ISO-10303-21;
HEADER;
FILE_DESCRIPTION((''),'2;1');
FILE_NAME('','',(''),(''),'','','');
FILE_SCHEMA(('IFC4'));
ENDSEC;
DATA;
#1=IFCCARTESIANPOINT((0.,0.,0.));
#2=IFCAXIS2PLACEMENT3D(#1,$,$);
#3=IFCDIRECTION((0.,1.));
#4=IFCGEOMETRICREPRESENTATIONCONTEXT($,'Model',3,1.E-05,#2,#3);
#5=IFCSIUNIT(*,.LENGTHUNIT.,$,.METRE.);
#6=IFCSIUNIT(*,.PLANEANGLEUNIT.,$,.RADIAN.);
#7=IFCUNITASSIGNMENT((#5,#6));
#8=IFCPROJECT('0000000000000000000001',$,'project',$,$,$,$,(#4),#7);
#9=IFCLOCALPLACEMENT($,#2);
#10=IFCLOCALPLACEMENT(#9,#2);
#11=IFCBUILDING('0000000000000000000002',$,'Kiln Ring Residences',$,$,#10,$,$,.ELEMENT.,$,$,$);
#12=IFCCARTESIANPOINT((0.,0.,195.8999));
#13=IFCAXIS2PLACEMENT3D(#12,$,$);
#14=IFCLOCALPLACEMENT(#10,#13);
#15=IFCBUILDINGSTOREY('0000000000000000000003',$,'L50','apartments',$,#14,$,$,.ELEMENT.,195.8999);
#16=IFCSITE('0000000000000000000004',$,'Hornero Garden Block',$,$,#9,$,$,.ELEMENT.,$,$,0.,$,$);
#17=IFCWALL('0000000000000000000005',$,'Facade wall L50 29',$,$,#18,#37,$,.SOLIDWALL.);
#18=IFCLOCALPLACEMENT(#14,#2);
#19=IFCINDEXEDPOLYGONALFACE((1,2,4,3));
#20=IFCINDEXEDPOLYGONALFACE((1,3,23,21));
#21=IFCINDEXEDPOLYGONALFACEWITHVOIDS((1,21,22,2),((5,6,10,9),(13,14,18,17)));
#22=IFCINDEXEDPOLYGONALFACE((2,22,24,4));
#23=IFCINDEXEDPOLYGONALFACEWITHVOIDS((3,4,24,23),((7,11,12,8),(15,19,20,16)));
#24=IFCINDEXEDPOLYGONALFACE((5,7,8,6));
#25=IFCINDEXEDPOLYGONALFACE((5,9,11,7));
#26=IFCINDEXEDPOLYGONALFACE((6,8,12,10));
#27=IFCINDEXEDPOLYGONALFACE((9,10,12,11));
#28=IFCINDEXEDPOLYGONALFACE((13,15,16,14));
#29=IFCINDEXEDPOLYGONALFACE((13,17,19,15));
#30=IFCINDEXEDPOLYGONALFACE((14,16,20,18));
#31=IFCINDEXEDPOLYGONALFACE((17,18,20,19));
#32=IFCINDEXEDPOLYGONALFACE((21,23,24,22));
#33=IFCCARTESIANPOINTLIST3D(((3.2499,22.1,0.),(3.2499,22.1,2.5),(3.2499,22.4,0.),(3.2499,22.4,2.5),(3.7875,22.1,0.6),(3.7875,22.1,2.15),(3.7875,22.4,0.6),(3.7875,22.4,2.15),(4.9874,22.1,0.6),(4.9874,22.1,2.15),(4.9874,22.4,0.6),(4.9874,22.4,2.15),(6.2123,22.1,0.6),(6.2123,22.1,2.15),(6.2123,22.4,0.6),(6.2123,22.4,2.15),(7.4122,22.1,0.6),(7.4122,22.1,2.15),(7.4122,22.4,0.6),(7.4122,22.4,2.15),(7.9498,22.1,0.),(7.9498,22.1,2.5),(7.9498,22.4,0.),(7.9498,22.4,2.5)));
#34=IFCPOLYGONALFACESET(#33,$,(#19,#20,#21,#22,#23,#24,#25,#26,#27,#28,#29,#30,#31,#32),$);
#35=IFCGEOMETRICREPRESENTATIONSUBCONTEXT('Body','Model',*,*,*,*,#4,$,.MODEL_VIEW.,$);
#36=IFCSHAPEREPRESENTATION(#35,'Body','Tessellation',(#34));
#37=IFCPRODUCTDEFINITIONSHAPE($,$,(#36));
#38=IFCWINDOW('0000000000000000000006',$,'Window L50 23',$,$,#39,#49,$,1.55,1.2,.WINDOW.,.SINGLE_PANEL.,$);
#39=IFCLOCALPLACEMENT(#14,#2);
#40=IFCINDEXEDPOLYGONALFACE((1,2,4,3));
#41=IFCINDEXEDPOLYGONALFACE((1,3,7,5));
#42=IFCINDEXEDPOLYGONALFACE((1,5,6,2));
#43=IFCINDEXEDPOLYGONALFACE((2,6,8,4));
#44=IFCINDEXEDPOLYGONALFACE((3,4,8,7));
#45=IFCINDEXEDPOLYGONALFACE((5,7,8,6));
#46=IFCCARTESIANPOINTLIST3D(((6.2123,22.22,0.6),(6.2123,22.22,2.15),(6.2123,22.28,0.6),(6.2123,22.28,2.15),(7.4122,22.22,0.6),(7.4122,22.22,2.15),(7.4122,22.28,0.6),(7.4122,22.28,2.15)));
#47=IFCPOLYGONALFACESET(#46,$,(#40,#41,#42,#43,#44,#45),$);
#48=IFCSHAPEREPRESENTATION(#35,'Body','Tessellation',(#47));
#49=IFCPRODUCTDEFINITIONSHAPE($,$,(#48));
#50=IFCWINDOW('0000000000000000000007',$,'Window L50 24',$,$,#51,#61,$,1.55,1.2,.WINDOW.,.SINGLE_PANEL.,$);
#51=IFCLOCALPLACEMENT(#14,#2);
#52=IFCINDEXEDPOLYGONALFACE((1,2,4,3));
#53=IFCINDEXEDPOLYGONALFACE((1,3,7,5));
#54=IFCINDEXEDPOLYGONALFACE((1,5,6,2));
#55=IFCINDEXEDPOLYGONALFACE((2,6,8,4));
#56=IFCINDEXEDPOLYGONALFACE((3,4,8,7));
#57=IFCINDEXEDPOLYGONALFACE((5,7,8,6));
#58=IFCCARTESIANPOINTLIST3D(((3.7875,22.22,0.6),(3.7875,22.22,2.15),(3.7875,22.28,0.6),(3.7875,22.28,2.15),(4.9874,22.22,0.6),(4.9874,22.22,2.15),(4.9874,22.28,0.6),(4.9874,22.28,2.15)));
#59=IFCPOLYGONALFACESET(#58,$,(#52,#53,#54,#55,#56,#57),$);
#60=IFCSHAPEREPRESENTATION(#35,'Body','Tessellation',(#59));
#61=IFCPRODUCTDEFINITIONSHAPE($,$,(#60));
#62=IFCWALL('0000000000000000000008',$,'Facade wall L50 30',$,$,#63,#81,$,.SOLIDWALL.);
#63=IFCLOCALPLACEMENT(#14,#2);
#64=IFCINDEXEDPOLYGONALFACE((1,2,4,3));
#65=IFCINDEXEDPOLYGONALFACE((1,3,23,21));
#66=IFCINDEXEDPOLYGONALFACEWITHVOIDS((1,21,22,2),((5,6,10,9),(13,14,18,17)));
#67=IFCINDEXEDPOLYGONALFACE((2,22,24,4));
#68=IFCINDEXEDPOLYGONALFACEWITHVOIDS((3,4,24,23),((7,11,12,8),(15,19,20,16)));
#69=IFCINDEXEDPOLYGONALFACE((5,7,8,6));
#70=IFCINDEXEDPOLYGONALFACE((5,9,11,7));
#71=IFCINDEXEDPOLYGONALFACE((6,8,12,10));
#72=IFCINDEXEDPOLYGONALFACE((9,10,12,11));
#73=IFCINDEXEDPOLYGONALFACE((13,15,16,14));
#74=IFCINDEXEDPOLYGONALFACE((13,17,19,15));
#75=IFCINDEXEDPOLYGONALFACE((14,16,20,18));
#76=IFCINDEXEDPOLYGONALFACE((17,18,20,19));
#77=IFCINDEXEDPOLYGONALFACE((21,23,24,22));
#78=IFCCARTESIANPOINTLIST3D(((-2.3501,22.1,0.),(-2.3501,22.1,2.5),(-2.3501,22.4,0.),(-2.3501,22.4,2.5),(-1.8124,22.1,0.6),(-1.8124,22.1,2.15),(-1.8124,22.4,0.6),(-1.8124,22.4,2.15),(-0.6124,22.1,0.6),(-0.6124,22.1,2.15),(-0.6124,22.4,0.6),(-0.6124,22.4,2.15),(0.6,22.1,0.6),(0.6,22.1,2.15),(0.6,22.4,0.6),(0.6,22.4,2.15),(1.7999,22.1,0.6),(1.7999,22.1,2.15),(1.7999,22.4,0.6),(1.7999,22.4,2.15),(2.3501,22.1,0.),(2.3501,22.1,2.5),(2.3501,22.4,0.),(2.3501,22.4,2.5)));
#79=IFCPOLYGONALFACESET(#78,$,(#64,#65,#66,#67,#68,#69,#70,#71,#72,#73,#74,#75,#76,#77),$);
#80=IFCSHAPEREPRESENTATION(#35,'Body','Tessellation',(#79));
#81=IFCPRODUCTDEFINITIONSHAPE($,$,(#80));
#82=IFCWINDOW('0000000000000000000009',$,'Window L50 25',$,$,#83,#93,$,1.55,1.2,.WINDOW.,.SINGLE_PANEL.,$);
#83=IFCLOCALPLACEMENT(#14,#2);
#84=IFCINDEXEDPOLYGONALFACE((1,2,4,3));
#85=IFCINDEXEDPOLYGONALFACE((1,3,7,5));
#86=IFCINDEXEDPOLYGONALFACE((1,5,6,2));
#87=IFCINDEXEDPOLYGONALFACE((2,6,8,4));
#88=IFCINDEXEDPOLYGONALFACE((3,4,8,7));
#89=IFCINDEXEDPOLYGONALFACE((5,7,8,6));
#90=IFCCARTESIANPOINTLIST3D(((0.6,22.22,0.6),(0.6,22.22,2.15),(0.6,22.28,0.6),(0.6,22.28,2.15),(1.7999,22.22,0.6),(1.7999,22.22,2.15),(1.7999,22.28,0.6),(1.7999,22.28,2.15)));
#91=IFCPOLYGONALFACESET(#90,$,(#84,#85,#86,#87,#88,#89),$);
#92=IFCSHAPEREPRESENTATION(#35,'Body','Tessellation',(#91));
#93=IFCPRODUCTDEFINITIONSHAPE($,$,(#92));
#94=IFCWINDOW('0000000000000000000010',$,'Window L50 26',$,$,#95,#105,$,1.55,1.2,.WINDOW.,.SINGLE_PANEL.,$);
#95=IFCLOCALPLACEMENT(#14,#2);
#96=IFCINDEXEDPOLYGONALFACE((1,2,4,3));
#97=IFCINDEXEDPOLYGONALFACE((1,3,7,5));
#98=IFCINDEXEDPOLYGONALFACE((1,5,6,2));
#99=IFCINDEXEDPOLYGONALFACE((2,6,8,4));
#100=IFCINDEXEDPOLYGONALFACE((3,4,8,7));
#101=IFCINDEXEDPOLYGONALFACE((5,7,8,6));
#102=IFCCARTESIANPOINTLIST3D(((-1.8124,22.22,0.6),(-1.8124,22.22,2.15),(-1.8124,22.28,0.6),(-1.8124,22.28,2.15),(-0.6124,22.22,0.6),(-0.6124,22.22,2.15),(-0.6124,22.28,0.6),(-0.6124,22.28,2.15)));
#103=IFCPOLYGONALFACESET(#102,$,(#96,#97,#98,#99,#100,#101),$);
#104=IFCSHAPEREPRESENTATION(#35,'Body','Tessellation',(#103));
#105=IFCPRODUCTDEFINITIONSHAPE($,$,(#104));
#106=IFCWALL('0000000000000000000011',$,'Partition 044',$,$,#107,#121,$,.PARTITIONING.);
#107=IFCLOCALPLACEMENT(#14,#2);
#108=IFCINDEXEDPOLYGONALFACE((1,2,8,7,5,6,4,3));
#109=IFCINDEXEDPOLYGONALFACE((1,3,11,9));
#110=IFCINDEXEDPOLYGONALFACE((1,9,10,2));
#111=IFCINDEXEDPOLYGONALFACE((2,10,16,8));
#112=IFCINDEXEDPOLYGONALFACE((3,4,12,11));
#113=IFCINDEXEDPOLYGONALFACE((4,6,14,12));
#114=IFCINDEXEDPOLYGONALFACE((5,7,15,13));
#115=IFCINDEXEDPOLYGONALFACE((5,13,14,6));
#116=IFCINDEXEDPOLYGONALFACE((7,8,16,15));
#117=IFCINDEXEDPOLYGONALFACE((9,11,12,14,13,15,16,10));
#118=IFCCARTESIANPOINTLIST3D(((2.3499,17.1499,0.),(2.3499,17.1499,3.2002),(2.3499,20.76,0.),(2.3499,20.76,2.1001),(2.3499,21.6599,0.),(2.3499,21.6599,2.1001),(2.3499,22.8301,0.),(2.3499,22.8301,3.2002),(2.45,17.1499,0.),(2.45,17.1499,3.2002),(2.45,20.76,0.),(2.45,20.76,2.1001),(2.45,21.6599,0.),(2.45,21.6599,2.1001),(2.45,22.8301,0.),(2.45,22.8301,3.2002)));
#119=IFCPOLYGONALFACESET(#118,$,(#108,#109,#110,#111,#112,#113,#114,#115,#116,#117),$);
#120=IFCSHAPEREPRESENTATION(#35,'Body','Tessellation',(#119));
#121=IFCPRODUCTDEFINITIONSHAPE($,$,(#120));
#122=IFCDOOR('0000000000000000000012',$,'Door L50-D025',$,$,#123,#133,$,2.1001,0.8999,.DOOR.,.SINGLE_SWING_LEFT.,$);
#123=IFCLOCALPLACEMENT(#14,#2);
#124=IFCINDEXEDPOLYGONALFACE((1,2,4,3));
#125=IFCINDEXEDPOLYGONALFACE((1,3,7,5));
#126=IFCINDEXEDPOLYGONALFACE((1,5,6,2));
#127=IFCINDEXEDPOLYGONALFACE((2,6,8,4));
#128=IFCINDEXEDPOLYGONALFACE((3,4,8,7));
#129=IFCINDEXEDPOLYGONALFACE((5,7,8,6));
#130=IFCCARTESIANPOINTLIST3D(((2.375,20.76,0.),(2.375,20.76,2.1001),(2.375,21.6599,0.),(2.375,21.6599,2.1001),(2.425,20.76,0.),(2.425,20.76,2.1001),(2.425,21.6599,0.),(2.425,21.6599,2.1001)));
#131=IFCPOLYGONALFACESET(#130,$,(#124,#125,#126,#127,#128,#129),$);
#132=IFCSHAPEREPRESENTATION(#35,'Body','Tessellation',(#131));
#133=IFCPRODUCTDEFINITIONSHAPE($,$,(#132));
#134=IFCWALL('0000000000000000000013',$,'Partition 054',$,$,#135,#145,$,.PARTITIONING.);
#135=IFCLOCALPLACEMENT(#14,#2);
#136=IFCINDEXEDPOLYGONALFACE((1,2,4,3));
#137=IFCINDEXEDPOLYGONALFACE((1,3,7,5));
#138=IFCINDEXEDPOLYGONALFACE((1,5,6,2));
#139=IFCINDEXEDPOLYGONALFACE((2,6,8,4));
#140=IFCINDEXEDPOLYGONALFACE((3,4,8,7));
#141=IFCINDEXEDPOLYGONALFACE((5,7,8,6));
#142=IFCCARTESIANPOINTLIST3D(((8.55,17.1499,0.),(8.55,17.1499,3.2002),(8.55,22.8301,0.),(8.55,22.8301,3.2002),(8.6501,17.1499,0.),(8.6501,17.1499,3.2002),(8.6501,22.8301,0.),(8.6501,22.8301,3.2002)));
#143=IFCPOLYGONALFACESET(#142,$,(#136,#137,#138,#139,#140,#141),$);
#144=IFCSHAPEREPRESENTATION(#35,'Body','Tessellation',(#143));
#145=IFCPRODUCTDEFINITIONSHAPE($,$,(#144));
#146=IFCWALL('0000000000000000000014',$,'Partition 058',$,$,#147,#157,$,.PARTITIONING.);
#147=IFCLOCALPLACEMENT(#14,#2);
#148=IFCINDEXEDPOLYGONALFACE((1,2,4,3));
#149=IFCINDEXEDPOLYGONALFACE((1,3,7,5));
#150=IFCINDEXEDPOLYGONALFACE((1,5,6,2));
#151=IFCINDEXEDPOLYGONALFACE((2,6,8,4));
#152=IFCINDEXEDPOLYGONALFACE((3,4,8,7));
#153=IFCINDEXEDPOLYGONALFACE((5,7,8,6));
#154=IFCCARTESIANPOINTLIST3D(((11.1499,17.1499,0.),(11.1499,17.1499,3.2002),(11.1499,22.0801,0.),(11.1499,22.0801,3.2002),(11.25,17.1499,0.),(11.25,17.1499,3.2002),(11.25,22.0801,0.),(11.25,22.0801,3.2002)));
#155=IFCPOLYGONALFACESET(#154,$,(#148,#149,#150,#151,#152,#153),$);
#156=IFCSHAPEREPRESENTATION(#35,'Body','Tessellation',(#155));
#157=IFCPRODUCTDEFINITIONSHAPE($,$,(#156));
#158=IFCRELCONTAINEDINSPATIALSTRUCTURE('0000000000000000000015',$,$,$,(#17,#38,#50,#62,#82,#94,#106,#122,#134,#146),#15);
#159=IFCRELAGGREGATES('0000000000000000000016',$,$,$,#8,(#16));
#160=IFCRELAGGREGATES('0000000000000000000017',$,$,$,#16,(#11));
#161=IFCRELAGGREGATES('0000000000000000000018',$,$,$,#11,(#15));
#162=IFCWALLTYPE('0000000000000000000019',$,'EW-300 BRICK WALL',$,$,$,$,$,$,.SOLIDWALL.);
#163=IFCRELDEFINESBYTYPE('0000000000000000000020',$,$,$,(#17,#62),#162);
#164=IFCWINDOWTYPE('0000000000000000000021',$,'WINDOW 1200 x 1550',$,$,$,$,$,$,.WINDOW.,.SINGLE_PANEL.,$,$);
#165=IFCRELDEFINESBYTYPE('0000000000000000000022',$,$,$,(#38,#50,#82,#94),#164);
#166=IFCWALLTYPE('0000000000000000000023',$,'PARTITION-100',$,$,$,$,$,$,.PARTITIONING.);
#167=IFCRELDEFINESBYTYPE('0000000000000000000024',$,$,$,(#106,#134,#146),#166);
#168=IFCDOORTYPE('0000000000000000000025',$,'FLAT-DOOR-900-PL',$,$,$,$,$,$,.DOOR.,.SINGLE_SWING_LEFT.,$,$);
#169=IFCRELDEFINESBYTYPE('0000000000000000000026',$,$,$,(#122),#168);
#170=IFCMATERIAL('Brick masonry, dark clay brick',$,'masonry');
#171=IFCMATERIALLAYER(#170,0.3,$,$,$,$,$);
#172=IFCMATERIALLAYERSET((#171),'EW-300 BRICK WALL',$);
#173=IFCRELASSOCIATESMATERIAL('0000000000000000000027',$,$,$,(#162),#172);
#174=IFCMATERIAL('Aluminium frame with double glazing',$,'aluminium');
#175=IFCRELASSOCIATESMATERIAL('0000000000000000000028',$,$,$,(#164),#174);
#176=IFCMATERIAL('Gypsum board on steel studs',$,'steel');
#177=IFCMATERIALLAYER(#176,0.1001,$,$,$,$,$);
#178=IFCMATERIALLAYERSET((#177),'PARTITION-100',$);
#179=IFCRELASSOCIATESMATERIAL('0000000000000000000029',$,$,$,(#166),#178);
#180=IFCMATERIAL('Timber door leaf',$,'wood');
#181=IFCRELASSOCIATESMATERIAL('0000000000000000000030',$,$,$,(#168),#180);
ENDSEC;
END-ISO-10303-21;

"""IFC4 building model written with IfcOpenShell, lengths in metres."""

from ifc_helpers import new_model, si_unit, direction, frame, frame_2d, origin, place, context, subcontext, project, spatial, rectangle, extrude, material, layer, layer_set, type_object, element, fill, save


model = new_model("IFC4")

# Units and contexts
model_context = context("Model", 3, precision=1e-05, world=origin(), true_north=direction((0.0, 1.0)))
body_context = subcontext(model_context, "Body", "Model", "MODEL_VIEW")
ifc_project = project(units=[si_unit("LENGTHUNIT", "METRE"), si_unit("PLANEANGLEUNIT", "RADIAN")], contexts=[model_context])

# Site, building, storey
site_placement = place(None, origin())
site = spatial("IfcSite", under=ifc_project, at=site_placement, Name="Hornero Garden Block", CompositionType="ELEMENT", RefElevation=0.0)
building_placement = place(site_placement, origin())
building = spatial("IfcBuilding", under=site, at=building_placement, Name="Kiln Ring Residences", CompositionType="ELEMENT")
storey_placement = place(building_placement, frame((0.0, 0.0, 195.8999)))
storey = spatial("IfcBuildingStorey", under=building, at=storey_placement, Name="L50", Description="apartments", CompositionType="ELEMENT", Elevation=195.8999)

# Shared definitions
ifc_material_1 = material(Name="Brick masonry, dark clay brick", Category="masonry")
ifc_layer_1 = layer(ifc_material_1, 0.3)
ifc_layer_set_1 = layer_set([ifc_layer_1], Name="EW-300 BRICK WALL")
wall_type_1 = type_object("IfcWallType", Name="EW-300 BRICK WALL", PredefinedType="SOLIDWALL", material=ifc_layer_set_1)
ifc_material_2 = material(Name="Aluminium frame with double glazing", Category="aluminium")
window_type = type_object("IfcWindowType", Name="WINDOW 1200 x 1550", PartitioningType="SINGLE_PANEL", PredefinedType="WINDOW", material=ifc_material_2)

# Walls, openings, windows
wall_1_placement = place(storey_placement, frame((7.95, 22.25, 0.0), z_axis=(0.0, 0.0, 1.0), x_axis=(-1.0, 0.0, 0.0)))
wall_1 = element("IfcWall", 1, at=wall_1_placement, inside=storey, type_object=wall_type_1, Name="Facade wall L50 29", PredefinedType="SOLIDWALL", context=body_context, shape_type="SweptSolid", body=[
    extrude(rectangle(XDim=4.7, YDim=0.3, at=frame_2d((2.3501, 0.0))), origin(), (0.0, 0.0, 1.0), 2.5),
])
opening_1_placement = place(wall_1_placement, frame((0.5376, 0.0, 0.6001)))
opening_1 = element("IfcOpeningElement", 2, at=opening_1_placement, cuts=wall_1, PredefinedType="OPENING", context=body_context, shape_type="SweptSolid", body=[
    extrude(rectangle(XDim=1.2, YDim=1.55, at=frame_2d((0.6001, 0.7749))), frame((0.0, 0.1599, 0.0), z_axis=(0.0, -1.0, 0.0), x_axis=(1.0, 0.0, 0.0)), (0.0, 0.0, 1.0), 0.3201),
])
opening_2_placement = place(wall_1_placement, frame((2.9624, 0.0, 0.6001)))
opening_2 = element("IfcOpeningElement", 3, at=opening_2_placement, cuts=wall_1, PredefinedType="OPENING", context=body_context, shape_type="SweptSolid", body=[
    extrude(rectangle(XDim=1.2, YDim=1.55, at=frame_2d((0.6001, 0.7749))), frame((0.0, 0.1599, 0.0), z_axis=(0.0, -1.0, 0.0), x_axis=(1.0, 0.0, 0.0)), (0.0, 0.0, 1.0), 0.3201),
])
window_1_placement = place(opening_1_placement, origin())
window_1 = element("IfcWindow", 4, at=window_1_placement, inside=storey, type_object=window_type, Name="Window L50 23", OverallHeight=1.55, OverallWidth=1.2, PartitioningType="SINGLE_PANEL", PredefinedType="WINDOW", context=body_context, shape_type="SweptSolid", body=[
    extrude(rectangle(XDim=1.2, YDim=1.55, at=frame_2d((0.6001, 0.7749))), frame((0.0, 0.03, 0.0), z_axis=(0.0, -1.0, 0.0), x_axis=(1.0, 0.0, 0.0)), (0.0, 0.0, 1.0), 0.0601),
])
fill(opening_1, window_1)
window_2_placement = place(opening_2_placement, origin())
window_2 = element("IfcWindow", 5, at=window_2_placement, inside=storey, type_object=window_type, Name="Window L50 24", OverallHeight=1.55, OverallWidth=1.2, PartitioningType="SINGLE_PANEL", PredefinedType="WINDOW", context=body_context, shape_type="SweptSolid", body=[
    extrude(rectangle(XDim=1.2, YDim=1.55, at=frame_2d((0.6001, 0.7749))), frame((0.0, 0.03, 0.0), z_axis=(0.0, -1.0, 0.0), x_axis=(1.0, 0.0, 0.0)), (0.0, 0.0, 1.0), 0.0601),
])
fill(opening_2, window_2)
wall_2_placement = place(storey_placement, frame((2.3501, 22.25, 0.0), z_axis=(0.0, 0.0, 1.0), x_axis=(-1.0, 0.0, 0.0)))
wall_2 = element("IfcWall", 6, at=wall_2_placement, inside=storey, type_object=wall_type_1, Name="Facade wall L50 30", PredefinedType="SOLIDWALL", context=body_context, shape_type="SweptSolid", body=[
    extrude(rectangle(XDim=4.7002, YDim=0.3, at=frame_2d((2.3501, 0.0))), origin(), (0.0, 0.0, 1.0), 2.5),
])
opening_3_placement = place(wall_2_placement, frame((0.55, 0.0, 0.6001)))
opening_3 = element("IfcOpeningElement", 7, at=opening_3_placement, cuts=wall_2, PredefinedType="OPENING", context=body_context, shape_type="SweptSolid", body=[
    extrude(rectangle(XDim=1.2, YDim=1.55, at=frame_2d((0.6001, 0.7749))), frame((0.0, 0.1599, 0.0), z_axis=(0.0, -1.0, 0.0), x_axis=(1.0, 0.0, 0.0)), (0.0, 0.0, 1.0), 0.3201),
])
opening_4_placement = place(wall_2_placement, frame((2.9624, 0.0, 0.6001)))
opening_4 = element("IfcOpeningElement", 8, at=opening_4_placement, cuts=wall_2, PredefinedType="OPENING", context=body_context, shape_type="SweptSolid", body=[
    extrude(rectangle(XDim=1.2, YDim=1.55, at=frame_2d((0.6001, 0.7749))), frame((0.0, 0.1599, 0.0), z_axis=(0.0, -1.0, 0.0), x_axis=(1.0, 0.0, 0.0)), (0.0, 0.0, 1.0), 0.3201),
])
window_3_placement = place(opening_3_placement, origin())
window_3 = element("IfcWindow", 9, at=window_3_placement, inside=storey, type_object=window_type, Name="Window L50 25", OverallHeight=1.55, OverallWidth=1.2, PartitioningType="SINGLE_PANEL", PredefinedType="WINDOW", context=body_context, shape_type="SweptSolid", body=[
    extrude(rectangle(XDim=1.2, YDim=1.55, at=frame_2d((0.6001, 0.7749))), frame((0.0, 0.03, 0.0), z_axis=(0.0, -1.0, 0.0), x_axis=(1.0, 0.0, 0.0)), (0.0, 0.0, 1.0), 0.0601),
])
fill(opening_3, window_3)
window_4_placement = place(opening_4_placement, origin())
window_4 = element("IfcWindow", 10, at=window_4_placement, inside=storey, type_object=window_type, Name="Window L50 26", OverallHeight=1.55, OverallWidth=1.2, PartitioningType="SINGLE_PANEL", PredefinedType="WINDOW", context=body_context, shape_type="SweptSolid", body=[
    extrude(rectangle(XDim=1.2, YDim=1.55, at=frame_2d((0.6001, 0.7749))), frame((0.0, 0.03, 0.0), z_axis=(0.0, -1.0, 0.0), x_axis=(1.0, 0.0, 0.0)), (0.0, 0.0, 1.0), 0.0601),
])
fill(opening_4, window_4)

# Wall, opening, door
ifc_material_3 = material(Name="Gypsum board on steel studs", Category="steel")
ifc_layer_2 = layer(ifc_material_3, 0.1001)
ifc_layer_set_2 = layer_set([ifc_layer_2], Name="PARTITION-100")
wall_type_2 = type_object("IfcWallType", Name="PARTITION-100", PredefinedType="PARTITIONING", material=ifc_layer_set_2)
wall_3_placement = place(storey_placement, frame((2.3999, 17.1499, 0.0), z_axis=(0.0, 0.0, 1.0), x_axis=(0.0, 1.0, 0.0)))
wall_3 = element("IfcWall", 11, at=wall_3_placement, inside=storey, type_object=wall_type_2, Name="Partition 044", PredefinedType="PARTITIONING", context=body_context, shape_type="SweptSolid", body=[
    extrude(rectangle(XDim=5.6802, YDim=0.1001, at=frame_2d((2.8401, 0.0))), origin(), (0.0, 0.0, 1.0), 3.2002),
])
opening_5_placement = place(wall_3_placement, frame((3.6101, 0.0, 0.0)))
opening_5 = element("IfcOpeningElement", 12, at=opening_5_placement, cuts=wall_3, PredefinedType="OPENING", context=body_context, shape_type="SweptSolid", body=[
    extrude(rectangle(XDim=0.8999, YDim=2.1001, at=frame_2d((0.45, 1.05))), frame((0.0, 0.0601, 0.0), z_axis=(0.0, -1.0, 0.0), x_axis=(1.0, 0.0, 0.0)), (0.0, 0.0, 1.0), 0.1201),
])
ifc_material_4 = material(Name="Timber door leaf", Category="wood")
door_type_1 = type_object("IfcDoorType", Name="FLAT-DOOR-900-PL", OperationType="SINGLE_SWING_LEFT", PredefinedType="DOOR", material=ifc_material_4)
door_1_placement = place(opening_5_placement, origin())
door_1 = element("IfcDoor", 13, at=door_1_placement, inside=storey, type_object=door_type_1, Name="Door L50-D025", OperationType="SINGLE_SWING_LEFT", OverallHeight=2.1001, OverallWidth=0.8999, PredefinedType="DOOR", context=body_context, shape_type="SweptSolid", body=[
    extrude(rectangle(XDim=0.8999, YDim=2.1001, at=frame_2d((0.45, 1.05))), frame((0.0, 0.0249, 0.0), z_axis=(0.0, -1.0, 0.0), x_axis=(1.0, 0.0, 0.0)), (0.0, 0.0, 1.0), 0.05),
])
fill(opening_5, door_1)

# Walls
wall_4_placement = place(storey_placement, frame((8.6001, 17.1499, 0.0), z_axis=(0.0, 0.0, 1.0), x_axis=(0.0, 1.0, 0.0)))
element("IfcWall", 14, at=wall_4_placement, inside=storey, type_object=wall_type_2, Name="Partition 054", PredefinedType="PARTITIONING", context=body_context, shape_type="SweptSolid", body=[
    extrude(rectangle(XDim=5.6802, YDim=0.1001, at=frame_2d((2.8401, 0.0))), origin(), (0.0, 0.0, 1.0), 3.2002),
])
wall_5_placement = place(storey_placement, frame((11.2, 17.1499, 0.0), z_axis=(0.0, 0.0, 1.0), x_axis=(0.0, 1.0, 0.0)))
element("IfcWall", 15, at=wall_5_placement, inside=storey, type_object=wall_type_2, Name="Partition 058", PredefinedType="PARTITIONING", context=body_context, shape_type="SweptSolid", body=[
    extrude(rectangle(XDim=4.9302, YDim=0.1001, at=frame_2d((2.4651, 0.0))), origin(), (0.0, 0.0, 1.0), 3.2002),
])

save(model, "model.ifc")
